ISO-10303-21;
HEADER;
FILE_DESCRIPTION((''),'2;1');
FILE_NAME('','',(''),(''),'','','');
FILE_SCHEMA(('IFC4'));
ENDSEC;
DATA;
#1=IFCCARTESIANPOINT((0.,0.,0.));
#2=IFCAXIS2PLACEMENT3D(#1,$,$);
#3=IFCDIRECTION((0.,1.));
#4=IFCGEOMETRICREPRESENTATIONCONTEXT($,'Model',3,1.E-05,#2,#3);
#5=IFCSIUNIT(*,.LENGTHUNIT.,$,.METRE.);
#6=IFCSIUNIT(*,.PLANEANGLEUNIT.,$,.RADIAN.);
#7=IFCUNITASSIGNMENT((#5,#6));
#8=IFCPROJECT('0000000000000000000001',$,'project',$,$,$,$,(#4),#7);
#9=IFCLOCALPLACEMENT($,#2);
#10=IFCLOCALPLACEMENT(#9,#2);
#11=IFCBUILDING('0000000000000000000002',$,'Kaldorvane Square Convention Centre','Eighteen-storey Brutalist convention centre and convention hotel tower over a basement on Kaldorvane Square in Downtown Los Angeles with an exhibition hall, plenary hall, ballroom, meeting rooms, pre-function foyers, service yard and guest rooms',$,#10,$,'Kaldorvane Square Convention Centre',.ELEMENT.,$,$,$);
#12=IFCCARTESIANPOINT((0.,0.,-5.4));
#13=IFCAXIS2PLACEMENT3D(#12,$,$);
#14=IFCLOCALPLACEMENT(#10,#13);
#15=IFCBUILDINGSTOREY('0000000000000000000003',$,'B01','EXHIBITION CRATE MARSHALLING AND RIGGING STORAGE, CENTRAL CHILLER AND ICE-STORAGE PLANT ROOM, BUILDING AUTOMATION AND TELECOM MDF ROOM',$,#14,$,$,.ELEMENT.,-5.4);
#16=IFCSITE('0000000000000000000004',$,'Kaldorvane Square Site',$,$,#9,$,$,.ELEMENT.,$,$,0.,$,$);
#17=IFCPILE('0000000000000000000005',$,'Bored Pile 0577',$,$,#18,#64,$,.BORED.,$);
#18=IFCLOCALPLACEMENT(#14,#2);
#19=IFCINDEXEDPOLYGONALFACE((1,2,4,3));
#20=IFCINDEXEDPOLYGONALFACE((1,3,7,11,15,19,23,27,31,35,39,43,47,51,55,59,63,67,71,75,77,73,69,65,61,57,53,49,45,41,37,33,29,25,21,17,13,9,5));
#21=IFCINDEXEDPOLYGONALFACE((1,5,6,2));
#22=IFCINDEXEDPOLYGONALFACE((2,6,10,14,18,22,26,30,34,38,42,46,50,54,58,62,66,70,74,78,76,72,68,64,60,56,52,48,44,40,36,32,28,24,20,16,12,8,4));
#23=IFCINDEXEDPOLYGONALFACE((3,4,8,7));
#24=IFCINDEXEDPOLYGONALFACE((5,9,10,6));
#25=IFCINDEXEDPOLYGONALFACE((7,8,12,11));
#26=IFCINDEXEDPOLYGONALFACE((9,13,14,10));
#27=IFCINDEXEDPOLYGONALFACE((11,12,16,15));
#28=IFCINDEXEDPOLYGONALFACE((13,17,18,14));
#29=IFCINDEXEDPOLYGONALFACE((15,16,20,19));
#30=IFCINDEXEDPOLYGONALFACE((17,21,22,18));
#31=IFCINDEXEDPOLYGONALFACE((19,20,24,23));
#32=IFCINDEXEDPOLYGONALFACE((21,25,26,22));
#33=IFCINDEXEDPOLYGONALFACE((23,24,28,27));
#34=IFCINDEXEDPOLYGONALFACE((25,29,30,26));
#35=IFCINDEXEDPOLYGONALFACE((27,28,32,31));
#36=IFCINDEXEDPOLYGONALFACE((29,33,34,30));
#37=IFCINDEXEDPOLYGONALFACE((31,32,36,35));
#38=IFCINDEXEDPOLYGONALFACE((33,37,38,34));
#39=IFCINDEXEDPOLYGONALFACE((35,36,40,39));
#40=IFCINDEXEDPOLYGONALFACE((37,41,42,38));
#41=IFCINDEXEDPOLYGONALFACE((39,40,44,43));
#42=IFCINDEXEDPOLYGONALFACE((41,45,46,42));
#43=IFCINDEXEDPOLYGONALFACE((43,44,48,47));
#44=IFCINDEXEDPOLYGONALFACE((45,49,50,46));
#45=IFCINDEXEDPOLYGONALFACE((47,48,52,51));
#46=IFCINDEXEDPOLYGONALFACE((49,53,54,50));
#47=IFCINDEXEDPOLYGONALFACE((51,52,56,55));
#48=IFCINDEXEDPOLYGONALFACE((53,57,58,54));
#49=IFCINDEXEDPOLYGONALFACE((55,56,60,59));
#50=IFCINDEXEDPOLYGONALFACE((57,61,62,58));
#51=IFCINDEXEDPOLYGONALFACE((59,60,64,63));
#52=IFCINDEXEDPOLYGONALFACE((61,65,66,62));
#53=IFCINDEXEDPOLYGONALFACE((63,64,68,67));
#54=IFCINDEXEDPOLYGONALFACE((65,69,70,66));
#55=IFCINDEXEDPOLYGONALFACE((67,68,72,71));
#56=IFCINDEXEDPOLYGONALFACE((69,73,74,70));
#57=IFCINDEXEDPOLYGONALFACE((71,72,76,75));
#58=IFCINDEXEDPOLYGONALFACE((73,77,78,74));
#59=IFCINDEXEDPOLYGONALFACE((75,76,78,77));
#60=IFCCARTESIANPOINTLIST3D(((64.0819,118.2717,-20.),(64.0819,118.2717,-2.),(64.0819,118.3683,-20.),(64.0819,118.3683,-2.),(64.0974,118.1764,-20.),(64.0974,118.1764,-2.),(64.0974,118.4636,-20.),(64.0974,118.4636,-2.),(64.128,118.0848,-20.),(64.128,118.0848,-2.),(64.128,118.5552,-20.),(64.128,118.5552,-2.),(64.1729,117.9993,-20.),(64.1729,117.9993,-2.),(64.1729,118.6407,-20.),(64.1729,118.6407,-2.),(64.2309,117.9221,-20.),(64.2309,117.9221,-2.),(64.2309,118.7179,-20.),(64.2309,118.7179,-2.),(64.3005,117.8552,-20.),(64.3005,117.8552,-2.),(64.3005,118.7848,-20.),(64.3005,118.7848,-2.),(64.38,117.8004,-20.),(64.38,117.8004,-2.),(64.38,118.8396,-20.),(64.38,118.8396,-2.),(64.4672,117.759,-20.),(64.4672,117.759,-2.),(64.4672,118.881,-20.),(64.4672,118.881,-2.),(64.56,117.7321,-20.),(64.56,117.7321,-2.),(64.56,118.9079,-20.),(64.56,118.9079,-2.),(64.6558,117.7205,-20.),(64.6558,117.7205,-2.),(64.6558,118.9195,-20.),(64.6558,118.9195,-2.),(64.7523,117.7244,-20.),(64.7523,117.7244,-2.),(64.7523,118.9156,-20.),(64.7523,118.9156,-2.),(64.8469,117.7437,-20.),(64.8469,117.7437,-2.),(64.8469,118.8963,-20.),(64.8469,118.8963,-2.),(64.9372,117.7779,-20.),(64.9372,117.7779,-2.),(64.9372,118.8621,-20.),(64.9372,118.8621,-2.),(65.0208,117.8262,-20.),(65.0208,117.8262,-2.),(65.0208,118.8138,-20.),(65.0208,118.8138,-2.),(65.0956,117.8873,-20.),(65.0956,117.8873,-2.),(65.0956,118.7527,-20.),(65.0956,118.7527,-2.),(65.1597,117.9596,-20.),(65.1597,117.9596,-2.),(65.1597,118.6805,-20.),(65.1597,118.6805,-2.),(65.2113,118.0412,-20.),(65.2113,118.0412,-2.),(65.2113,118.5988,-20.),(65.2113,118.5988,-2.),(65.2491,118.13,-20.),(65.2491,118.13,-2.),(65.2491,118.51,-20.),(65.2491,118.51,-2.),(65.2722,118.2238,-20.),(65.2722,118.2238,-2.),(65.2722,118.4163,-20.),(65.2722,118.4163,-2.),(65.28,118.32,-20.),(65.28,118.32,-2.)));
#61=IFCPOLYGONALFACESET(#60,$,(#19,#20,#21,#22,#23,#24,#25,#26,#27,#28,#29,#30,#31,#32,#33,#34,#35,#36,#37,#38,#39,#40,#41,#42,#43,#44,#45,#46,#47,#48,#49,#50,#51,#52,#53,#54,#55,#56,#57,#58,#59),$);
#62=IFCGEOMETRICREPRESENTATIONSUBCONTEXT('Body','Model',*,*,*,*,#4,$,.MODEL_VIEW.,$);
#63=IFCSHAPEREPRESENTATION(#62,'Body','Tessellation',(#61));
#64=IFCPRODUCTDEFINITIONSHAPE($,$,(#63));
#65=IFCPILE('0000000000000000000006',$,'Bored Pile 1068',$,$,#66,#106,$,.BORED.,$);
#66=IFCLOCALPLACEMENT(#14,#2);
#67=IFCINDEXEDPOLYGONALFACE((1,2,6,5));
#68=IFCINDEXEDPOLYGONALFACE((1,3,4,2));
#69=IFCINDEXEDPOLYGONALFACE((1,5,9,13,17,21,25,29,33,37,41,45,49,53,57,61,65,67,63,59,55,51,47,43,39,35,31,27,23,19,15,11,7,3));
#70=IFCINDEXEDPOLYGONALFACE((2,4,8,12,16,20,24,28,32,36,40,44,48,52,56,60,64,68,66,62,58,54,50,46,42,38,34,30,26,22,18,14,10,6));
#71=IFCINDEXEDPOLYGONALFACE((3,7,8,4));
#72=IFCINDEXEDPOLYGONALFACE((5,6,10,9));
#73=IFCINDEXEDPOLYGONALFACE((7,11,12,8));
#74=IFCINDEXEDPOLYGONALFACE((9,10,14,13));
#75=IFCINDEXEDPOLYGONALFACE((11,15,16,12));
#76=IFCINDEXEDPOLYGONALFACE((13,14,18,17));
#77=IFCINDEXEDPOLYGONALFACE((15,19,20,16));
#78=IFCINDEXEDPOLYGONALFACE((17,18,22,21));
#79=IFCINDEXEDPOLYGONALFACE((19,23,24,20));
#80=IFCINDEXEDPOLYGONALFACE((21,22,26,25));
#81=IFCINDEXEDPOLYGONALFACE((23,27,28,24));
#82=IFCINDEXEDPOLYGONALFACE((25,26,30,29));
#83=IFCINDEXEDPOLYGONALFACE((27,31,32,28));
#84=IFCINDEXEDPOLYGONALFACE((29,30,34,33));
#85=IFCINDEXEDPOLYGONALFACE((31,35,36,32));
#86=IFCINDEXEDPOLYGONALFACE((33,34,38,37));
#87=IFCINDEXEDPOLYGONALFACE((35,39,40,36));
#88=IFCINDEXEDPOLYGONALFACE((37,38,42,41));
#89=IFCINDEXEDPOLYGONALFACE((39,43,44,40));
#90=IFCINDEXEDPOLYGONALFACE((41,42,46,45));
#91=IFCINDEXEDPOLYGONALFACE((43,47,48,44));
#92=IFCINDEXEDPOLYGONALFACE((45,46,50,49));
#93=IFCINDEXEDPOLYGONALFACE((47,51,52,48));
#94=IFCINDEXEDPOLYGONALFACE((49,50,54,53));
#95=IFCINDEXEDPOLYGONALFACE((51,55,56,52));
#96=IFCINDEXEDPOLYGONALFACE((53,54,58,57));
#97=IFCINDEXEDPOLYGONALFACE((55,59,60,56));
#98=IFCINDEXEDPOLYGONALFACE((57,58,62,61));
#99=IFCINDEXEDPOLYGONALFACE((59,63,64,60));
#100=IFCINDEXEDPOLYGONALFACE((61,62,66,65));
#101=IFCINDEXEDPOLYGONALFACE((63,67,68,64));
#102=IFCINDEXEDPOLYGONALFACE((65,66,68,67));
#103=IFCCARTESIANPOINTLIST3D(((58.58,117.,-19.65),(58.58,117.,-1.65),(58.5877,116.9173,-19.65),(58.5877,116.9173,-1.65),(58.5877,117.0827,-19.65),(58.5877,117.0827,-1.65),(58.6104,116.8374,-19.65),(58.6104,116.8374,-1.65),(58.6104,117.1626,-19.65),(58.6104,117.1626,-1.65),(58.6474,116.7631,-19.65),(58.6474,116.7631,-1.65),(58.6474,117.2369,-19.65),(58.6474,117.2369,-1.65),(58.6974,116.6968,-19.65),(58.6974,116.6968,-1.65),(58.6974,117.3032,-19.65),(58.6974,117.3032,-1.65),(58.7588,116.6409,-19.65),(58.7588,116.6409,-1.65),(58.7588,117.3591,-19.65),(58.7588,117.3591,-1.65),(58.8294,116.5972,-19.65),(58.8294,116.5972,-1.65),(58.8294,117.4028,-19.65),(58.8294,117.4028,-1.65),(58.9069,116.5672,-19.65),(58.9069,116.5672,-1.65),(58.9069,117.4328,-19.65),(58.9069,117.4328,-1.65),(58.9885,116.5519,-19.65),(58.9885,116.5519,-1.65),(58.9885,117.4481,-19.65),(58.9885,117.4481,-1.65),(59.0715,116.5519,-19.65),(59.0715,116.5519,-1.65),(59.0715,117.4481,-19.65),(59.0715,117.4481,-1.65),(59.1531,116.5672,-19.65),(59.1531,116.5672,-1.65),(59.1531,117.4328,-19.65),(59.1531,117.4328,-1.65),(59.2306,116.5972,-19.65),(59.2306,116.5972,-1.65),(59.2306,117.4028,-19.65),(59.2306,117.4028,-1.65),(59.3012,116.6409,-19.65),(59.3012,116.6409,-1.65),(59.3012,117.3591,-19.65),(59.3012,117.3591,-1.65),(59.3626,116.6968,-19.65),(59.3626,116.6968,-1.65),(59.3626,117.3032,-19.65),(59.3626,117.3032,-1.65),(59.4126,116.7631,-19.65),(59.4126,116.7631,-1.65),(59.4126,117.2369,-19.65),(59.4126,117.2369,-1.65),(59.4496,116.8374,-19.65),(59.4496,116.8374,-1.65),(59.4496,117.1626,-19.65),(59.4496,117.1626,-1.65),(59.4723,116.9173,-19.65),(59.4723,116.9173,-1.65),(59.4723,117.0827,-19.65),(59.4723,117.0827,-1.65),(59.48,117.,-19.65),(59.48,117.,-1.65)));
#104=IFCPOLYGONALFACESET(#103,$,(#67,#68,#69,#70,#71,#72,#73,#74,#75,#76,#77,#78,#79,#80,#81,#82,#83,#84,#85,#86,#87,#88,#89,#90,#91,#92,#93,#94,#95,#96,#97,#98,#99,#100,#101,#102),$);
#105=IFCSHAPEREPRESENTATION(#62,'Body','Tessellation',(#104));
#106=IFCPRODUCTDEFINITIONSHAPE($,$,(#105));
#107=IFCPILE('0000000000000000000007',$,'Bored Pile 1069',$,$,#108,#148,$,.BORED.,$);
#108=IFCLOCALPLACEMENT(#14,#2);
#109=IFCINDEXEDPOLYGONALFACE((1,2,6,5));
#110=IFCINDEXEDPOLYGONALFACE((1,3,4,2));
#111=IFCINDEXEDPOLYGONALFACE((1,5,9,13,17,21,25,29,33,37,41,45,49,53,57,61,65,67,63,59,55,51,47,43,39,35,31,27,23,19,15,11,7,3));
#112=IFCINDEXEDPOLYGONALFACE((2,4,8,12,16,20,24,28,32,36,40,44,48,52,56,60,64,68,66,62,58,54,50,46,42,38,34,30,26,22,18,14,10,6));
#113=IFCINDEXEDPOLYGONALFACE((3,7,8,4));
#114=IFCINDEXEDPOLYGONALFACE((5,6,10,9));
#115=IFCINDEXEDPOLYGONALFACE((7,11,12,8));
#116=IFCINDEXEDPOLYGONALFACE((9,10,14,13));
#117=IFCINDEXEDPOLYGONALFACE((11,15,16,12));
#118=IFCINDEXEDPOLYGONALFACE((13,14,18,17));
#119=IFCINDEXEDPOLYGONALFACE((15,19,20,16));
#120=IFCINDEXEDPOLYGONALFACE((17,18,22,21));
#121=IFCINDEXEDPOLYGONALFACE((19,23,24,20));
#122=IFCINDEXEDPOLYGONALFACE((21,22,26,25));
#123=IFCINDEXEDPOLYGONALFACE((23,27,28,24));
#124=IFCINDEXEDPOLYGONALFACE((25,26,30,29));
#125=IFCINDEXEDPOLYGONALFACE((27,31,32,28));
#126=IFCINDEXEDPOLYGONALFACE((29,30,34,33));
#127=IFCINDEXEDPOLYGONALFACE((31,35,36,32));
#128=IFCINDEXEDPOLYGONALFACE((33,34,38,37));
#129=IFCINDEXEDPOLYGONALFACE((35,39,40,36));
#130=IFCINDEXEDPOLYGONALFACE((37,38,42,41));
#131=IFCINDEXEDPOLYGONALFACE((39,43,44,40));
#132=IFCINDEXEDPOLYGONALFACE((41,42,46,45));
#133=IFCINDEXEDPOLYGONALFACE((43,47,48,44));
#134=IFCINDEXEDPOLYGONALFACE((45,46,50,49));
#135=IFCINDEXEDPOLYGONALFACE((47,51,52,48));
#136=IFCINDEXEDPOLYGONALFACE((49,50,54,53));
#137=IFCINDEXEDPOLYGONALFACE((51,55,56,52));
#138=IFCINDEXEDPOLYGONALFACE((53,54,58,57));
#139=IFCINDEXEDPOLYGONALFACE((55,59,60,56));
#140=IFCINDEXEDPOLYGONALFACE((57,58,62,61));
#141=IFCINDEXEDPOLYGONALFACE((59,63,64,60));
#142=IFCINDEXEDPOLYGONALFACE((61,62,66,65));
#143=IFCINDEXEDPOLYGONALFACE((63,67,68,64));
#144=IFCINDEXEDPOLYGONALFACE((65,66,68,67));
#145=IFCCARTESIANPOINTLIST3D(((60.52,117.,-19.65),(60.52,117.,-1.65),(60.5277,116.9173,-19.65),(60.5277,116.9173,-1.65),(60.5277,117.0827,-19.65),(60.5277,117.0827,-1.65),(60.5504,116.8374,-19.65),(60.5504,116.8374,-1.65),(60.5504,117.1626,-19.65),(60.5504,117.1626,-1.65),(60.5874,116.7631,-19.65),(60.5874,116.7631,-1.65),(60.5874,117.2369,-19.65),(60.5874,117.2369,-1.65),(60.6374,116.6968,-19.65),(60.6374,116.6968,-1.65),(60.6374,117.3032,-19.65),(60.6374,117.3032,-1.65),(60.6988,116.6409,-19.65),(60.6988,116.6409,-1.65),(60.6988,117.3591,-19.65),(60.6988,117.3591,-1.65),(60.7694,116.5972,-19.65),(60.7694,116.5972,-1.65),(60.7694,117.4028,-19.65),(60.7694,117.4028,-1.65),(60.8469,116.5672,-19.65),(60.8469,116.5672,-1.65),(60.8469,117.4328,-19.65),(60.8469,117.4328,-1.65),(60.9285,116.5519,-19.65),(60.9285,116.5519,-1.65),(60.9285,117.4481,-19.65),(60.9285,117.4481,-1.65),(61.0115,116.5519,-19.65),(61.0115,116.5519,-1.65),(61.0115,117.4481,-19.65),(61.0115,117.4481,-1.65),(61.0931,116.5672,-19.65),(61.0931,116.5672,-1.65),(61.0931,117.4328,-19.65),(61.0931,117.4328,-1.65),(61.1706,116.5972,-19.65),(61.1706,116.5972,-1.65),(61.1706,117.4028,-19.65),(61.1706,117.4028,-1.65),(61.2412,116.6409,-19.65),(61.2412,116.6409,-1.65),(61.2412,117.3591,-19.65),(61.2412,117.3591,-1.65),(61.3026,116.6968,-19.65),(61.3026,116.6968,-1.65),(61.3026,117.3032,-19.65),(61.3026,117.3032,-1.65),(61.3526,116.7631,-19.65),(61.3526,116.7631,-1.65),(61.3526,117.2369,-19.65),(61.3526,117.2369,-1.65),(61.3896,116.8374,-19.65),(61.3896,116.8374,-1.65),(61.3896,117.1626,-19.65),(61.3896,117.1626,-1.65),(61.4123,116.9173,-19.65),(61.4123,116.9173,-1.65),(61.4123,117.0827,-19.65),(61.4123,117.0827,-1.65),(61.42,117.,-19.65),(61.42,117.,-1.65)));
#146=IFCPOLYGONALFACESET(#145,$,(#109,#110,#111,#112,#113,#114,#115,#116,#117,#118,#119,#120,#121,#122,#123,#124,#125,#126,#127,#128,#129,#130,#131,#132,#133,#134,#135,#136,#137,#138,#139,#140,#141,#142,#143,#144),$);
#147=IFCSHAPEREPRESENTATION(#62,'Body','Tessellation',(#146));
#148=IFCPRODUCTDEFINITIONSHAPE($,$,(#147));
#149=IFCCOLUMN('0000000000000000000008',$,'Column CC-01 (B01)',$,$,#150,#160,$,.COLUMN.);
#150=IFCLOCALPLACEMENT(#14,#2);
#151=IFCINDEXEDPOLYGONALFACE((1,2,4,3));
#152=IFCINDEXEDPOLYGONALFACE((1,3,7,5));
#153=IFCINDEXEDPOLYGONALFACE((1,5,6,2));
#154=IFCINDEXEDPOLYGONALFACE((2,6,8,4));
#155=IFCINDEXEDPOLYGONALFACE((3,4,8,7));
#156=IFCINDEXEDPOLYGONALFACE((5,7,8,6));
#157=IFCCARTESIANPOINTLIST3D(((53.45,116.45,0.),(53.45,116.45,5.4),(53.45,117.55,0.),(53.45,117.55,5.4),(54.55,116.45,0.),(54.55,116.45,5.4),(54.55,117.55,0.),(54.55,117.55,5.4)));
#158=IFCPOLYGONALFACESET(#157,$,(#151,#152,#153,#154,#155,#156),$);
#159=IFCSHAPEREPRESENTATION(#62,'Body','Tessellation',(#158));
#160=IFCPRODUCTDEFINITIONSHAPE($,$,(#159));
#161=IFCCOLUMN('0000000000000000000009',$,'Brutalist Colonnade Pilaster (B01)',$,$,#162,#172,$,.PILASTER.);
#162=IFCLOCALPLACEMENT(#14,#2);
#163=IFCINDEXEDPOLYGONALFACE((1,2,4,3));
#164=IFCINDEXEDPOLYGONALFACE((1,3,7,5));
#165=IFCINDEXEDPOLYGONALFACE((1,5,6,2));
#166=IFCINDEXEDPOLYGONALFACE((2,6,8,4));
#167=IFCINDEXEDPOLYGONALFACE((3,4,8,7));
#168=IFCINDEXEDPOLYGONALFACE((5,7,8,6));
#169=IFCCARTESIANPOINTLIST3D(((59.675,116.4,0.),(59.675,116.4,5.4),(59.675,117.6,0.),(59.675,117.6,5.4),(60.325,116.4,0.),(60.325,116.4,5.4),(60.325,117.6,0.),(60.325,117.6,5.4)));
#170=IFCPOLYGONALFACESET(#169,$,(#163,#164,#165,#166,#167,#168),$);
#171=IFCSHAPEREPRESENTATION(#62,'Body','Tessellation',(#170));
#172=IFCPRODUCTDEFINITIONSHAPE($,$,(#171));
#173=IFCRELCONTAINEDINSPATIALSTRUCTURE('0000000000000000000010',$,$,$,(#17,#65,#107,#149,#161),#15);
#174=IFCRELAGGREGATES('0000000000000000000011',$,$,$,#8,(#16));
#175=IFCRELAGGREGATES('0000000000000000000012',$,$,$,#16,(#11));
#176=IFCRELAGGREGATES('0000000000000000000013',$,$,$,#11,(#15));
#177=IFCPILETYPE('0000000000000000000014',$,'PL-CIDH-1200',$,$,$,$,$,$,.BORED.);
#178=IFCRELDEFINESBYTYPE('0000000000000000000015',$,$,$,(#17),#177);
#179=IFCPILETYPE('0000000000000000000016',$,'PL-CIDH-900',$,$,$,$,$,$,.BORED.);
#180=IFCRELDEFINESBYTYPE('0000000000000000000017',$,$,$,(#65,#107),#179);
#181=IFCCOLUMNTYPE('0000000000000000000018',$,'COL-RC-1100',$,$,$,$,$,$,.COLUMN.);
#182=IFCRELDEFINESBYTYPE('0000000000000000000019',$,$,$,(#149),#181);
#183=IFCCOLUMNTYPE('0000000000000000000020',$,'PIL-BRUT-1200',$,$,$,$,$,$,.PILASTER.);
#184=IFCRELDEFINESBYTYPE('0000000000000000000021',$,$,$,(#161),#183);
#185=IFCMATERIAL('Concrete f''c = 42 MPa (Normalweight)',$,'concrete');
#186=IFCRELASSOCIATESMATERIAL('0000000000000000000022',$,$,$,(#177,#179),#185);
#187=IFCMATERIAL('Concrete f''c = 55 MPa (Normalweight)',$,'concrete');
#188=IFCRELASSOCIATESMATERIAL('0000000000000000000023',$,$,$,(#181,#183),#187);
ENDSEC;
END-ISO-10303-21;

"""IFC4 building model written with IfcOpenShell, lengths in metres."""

from ifc_helpers import new_model, si_unit, direction, frame, origin, origin_2d, place, context, subcontext, project, spatial, rectangle, circle, extrude, material, material_profile, profile_set, type_object, element, save


model = new_model("IFC4")

# Units and contexts
model_context = context("Model", 3, precision=1e-05, world=origin(), true_north=direction((0.0, 1.0)))
body_context = subcontext(model_context, "Body", "Model", "MODEL_VIEW")
ifc_project = project(units=[si_unit("LENGTHUNIT", "METRE"), si_unit("PLANEANGLEUNIT", "RADIAN")], contexts=[model_context])

# Site, building, storey
site_placement = place(None, origin())
site = spatial("IfcSite", under=ifc_project, at=site_placement, Name="Kaldorvane Square Site", CompositionType="ELEMENT", RefElevation=0.0)
building_placement = place(site_placement, origin())
building = spatial("IfcBuilding", under=site, at=building_placement, Name="Kaldorvane Square Convention Centre", Description="Eighteen-storey Brutalist convention centre and convention hotel tower over a basement on Kaldorvane Square in Downtown Los Angeles with an exhibition hall, plenary hall, ballroom, meeting rooms, pre-function foyers, service yard and guest rooms", LongName="Kaldorvane Square Convention Centre", CompositionType="ELEMENT")
storey_placement = place(building_placement, frame((0.0, 0.0, -5.4)))
storey = spatial("IfcBuildingStorey", under=building, at=storey_placement, Name="B01", Description="EXHIBITION CRATE MARSHALLING AND RIGGING STORAGE, CENTRAL CHILLER AND ICE-STORAGE PLANT ROOM, BUILDING AUTOMATION AND TELECOM MDF ROOM", CompositionType="ELEMENT", Elevation=-5.4)

# Shared definitions
ifc_material_1 = material(Name="Concrete f'c = 42 MPa (Normalweight)", Category="concrete")

# Piles
ifc_material_profile_1 = material_profile(ifc_material_1, circle(Radius=0.6, at=origin_2d()), Name="PILE-D1200")
ifc_profile_set_1 = profile_set([ifc_material_profile_1], Name="Concrete f'c = 42 MPa (Normalweight)")
pile_type_1 = type_object("IfcPileType", Name="PL-CIDH-1200", PredefinedType="BORED", material=ifc_profile_set_1)
for number, where, z_axis, x_axis, name in (
    (1, (64.68, 118.32, -2.0), (0.0, 0.0, -1.0), (1.0, 0.0, 0.0), "Bored Pile 0577"),
):
    element("IfcPile", number, at=place(storey_placement, frame(where, z_axis=z_axis, x_axis=x_axis)), inside=storey, type_object=pile_type_1, Name=name, PredefinedType="BORED", context=body_context, shape_type="SweptSolid", body=[
        extrude(circle(Radius=0.6, at=origin_2d()), origin(), (0.0, 0.0, 1.0), 18.0),
    ])
ifc_material_profile_2 = material_profile(ifc_material_1, circle(Radius=0.45, at=origin_2d()), Name="PILE-D900")
ifc_profile_set_2 = profile_set([ifc_material_profile_2], Name="Concrete f'c = 42 MPa (Normalweight)")
pile_type_2 = type_object("IfcPileType", Name="PL-CIDH-900", PredefinedType="BORED", material=ifc_profile_set_2)
for number, where, z_axis, x_axis, name in (
    (2, (59.03, 117.0, -1.65), (0.0, 0.0, -1.0), (1.0, 0.0, 0.0), "Bored Pile 1068"),
    (3, (60.97, 117.0, -1.65), (0.0, 0.0, -1.0), (1.0, 0.0, 0.0), "Bored Pile 1069"),
):
    element("IfcPile", number, at=place(storey_placement, frame(where, z_axis=z_axis, x_axis=x_axis)), inside=storey, type_object=pile_type_2, Name=name, PredefinedType="BORED", context=body_context, shape_type="SweptSolid", body=[
        extrude(circle(Radius=0.45, at=origin_2d()), origin(), (0.0, 0.0, 1.0), 18.0),
    ])

# Columns
ifc_material_2 = material(Name="Concrete f'c = 55 MPa (Normalweight)", Category="concrete")
ifc_material_profile_3 = material_profile(ifc_material_2, rectangle(XDim=1.1, YDim=1.1, at=origin_2d()), Name="RC1100X1100")
ifc_profile_set_3 = profile_set([ifc_material_profile_3], Name="Concrete f'c = 55 MPa (Normalweight)")
column_type_1 = type_object("IfcColumnType", Name="COL-RC-1100", PredefinedType="COLUMN", material=ifc_profile_set_3)
column_1_placement = place(storey_placement, frame((54.0, 117.0, 0.0), z_axis=(0.0, 0.0, 1.0), x_axis=(1.0, 0.0, 0.0)))
element("IfcColumn", 4, at=column_1_placement, inside=storey, type_object=column_type_1, Name="Column CC-01 (B01)", PredefinedType="COLUMN", context=body_context, shape_type="SweptSolid", body=[
    extrude(rectangle(XDim=1.1, YDim=1.1, at=origin_2d()), origin(), (0.0, 0.0, 1.0), 5.4),
])
ifc_material_profile_4 = material_profile(ifc_material_2, rectangle(XDim=0.65, YDim=1.2, at=origin_2d()), Name="PIL1200X650")
ifc_profile_set_4 = profile_set([ifc_material_profile_4], Name="Concrete f'c = 55 MPa (Normalweight)")
column_type_2 = type_object("IfcColumnType", Name="PIL-BRUT-1200", PredefinedType="PILASTER", material=ifc_profile_set_4)
column_2_placement = place(storey_placement, frame((60.0, 117.0, 0.0), z_axis=(0.0, 0.0, 1.0), x_axis=(1.0, 0.0, 0.0)))
element("IfcColumn", 5, at=column_2_placement, inside=storey, type_object=column_type_2, Name="Brutalist Colonnade Pilaster (B01)", PredefinedType="PILASTER", context=body_context, shape_type="SweptSolid", body=[
    extrude(rectangle(XDim=0.65, YDim=1.2, at=origin_2d()), origin(), (0.0, 0.0, 1.0), 5.4),
])

save(model, "model.ifc")
